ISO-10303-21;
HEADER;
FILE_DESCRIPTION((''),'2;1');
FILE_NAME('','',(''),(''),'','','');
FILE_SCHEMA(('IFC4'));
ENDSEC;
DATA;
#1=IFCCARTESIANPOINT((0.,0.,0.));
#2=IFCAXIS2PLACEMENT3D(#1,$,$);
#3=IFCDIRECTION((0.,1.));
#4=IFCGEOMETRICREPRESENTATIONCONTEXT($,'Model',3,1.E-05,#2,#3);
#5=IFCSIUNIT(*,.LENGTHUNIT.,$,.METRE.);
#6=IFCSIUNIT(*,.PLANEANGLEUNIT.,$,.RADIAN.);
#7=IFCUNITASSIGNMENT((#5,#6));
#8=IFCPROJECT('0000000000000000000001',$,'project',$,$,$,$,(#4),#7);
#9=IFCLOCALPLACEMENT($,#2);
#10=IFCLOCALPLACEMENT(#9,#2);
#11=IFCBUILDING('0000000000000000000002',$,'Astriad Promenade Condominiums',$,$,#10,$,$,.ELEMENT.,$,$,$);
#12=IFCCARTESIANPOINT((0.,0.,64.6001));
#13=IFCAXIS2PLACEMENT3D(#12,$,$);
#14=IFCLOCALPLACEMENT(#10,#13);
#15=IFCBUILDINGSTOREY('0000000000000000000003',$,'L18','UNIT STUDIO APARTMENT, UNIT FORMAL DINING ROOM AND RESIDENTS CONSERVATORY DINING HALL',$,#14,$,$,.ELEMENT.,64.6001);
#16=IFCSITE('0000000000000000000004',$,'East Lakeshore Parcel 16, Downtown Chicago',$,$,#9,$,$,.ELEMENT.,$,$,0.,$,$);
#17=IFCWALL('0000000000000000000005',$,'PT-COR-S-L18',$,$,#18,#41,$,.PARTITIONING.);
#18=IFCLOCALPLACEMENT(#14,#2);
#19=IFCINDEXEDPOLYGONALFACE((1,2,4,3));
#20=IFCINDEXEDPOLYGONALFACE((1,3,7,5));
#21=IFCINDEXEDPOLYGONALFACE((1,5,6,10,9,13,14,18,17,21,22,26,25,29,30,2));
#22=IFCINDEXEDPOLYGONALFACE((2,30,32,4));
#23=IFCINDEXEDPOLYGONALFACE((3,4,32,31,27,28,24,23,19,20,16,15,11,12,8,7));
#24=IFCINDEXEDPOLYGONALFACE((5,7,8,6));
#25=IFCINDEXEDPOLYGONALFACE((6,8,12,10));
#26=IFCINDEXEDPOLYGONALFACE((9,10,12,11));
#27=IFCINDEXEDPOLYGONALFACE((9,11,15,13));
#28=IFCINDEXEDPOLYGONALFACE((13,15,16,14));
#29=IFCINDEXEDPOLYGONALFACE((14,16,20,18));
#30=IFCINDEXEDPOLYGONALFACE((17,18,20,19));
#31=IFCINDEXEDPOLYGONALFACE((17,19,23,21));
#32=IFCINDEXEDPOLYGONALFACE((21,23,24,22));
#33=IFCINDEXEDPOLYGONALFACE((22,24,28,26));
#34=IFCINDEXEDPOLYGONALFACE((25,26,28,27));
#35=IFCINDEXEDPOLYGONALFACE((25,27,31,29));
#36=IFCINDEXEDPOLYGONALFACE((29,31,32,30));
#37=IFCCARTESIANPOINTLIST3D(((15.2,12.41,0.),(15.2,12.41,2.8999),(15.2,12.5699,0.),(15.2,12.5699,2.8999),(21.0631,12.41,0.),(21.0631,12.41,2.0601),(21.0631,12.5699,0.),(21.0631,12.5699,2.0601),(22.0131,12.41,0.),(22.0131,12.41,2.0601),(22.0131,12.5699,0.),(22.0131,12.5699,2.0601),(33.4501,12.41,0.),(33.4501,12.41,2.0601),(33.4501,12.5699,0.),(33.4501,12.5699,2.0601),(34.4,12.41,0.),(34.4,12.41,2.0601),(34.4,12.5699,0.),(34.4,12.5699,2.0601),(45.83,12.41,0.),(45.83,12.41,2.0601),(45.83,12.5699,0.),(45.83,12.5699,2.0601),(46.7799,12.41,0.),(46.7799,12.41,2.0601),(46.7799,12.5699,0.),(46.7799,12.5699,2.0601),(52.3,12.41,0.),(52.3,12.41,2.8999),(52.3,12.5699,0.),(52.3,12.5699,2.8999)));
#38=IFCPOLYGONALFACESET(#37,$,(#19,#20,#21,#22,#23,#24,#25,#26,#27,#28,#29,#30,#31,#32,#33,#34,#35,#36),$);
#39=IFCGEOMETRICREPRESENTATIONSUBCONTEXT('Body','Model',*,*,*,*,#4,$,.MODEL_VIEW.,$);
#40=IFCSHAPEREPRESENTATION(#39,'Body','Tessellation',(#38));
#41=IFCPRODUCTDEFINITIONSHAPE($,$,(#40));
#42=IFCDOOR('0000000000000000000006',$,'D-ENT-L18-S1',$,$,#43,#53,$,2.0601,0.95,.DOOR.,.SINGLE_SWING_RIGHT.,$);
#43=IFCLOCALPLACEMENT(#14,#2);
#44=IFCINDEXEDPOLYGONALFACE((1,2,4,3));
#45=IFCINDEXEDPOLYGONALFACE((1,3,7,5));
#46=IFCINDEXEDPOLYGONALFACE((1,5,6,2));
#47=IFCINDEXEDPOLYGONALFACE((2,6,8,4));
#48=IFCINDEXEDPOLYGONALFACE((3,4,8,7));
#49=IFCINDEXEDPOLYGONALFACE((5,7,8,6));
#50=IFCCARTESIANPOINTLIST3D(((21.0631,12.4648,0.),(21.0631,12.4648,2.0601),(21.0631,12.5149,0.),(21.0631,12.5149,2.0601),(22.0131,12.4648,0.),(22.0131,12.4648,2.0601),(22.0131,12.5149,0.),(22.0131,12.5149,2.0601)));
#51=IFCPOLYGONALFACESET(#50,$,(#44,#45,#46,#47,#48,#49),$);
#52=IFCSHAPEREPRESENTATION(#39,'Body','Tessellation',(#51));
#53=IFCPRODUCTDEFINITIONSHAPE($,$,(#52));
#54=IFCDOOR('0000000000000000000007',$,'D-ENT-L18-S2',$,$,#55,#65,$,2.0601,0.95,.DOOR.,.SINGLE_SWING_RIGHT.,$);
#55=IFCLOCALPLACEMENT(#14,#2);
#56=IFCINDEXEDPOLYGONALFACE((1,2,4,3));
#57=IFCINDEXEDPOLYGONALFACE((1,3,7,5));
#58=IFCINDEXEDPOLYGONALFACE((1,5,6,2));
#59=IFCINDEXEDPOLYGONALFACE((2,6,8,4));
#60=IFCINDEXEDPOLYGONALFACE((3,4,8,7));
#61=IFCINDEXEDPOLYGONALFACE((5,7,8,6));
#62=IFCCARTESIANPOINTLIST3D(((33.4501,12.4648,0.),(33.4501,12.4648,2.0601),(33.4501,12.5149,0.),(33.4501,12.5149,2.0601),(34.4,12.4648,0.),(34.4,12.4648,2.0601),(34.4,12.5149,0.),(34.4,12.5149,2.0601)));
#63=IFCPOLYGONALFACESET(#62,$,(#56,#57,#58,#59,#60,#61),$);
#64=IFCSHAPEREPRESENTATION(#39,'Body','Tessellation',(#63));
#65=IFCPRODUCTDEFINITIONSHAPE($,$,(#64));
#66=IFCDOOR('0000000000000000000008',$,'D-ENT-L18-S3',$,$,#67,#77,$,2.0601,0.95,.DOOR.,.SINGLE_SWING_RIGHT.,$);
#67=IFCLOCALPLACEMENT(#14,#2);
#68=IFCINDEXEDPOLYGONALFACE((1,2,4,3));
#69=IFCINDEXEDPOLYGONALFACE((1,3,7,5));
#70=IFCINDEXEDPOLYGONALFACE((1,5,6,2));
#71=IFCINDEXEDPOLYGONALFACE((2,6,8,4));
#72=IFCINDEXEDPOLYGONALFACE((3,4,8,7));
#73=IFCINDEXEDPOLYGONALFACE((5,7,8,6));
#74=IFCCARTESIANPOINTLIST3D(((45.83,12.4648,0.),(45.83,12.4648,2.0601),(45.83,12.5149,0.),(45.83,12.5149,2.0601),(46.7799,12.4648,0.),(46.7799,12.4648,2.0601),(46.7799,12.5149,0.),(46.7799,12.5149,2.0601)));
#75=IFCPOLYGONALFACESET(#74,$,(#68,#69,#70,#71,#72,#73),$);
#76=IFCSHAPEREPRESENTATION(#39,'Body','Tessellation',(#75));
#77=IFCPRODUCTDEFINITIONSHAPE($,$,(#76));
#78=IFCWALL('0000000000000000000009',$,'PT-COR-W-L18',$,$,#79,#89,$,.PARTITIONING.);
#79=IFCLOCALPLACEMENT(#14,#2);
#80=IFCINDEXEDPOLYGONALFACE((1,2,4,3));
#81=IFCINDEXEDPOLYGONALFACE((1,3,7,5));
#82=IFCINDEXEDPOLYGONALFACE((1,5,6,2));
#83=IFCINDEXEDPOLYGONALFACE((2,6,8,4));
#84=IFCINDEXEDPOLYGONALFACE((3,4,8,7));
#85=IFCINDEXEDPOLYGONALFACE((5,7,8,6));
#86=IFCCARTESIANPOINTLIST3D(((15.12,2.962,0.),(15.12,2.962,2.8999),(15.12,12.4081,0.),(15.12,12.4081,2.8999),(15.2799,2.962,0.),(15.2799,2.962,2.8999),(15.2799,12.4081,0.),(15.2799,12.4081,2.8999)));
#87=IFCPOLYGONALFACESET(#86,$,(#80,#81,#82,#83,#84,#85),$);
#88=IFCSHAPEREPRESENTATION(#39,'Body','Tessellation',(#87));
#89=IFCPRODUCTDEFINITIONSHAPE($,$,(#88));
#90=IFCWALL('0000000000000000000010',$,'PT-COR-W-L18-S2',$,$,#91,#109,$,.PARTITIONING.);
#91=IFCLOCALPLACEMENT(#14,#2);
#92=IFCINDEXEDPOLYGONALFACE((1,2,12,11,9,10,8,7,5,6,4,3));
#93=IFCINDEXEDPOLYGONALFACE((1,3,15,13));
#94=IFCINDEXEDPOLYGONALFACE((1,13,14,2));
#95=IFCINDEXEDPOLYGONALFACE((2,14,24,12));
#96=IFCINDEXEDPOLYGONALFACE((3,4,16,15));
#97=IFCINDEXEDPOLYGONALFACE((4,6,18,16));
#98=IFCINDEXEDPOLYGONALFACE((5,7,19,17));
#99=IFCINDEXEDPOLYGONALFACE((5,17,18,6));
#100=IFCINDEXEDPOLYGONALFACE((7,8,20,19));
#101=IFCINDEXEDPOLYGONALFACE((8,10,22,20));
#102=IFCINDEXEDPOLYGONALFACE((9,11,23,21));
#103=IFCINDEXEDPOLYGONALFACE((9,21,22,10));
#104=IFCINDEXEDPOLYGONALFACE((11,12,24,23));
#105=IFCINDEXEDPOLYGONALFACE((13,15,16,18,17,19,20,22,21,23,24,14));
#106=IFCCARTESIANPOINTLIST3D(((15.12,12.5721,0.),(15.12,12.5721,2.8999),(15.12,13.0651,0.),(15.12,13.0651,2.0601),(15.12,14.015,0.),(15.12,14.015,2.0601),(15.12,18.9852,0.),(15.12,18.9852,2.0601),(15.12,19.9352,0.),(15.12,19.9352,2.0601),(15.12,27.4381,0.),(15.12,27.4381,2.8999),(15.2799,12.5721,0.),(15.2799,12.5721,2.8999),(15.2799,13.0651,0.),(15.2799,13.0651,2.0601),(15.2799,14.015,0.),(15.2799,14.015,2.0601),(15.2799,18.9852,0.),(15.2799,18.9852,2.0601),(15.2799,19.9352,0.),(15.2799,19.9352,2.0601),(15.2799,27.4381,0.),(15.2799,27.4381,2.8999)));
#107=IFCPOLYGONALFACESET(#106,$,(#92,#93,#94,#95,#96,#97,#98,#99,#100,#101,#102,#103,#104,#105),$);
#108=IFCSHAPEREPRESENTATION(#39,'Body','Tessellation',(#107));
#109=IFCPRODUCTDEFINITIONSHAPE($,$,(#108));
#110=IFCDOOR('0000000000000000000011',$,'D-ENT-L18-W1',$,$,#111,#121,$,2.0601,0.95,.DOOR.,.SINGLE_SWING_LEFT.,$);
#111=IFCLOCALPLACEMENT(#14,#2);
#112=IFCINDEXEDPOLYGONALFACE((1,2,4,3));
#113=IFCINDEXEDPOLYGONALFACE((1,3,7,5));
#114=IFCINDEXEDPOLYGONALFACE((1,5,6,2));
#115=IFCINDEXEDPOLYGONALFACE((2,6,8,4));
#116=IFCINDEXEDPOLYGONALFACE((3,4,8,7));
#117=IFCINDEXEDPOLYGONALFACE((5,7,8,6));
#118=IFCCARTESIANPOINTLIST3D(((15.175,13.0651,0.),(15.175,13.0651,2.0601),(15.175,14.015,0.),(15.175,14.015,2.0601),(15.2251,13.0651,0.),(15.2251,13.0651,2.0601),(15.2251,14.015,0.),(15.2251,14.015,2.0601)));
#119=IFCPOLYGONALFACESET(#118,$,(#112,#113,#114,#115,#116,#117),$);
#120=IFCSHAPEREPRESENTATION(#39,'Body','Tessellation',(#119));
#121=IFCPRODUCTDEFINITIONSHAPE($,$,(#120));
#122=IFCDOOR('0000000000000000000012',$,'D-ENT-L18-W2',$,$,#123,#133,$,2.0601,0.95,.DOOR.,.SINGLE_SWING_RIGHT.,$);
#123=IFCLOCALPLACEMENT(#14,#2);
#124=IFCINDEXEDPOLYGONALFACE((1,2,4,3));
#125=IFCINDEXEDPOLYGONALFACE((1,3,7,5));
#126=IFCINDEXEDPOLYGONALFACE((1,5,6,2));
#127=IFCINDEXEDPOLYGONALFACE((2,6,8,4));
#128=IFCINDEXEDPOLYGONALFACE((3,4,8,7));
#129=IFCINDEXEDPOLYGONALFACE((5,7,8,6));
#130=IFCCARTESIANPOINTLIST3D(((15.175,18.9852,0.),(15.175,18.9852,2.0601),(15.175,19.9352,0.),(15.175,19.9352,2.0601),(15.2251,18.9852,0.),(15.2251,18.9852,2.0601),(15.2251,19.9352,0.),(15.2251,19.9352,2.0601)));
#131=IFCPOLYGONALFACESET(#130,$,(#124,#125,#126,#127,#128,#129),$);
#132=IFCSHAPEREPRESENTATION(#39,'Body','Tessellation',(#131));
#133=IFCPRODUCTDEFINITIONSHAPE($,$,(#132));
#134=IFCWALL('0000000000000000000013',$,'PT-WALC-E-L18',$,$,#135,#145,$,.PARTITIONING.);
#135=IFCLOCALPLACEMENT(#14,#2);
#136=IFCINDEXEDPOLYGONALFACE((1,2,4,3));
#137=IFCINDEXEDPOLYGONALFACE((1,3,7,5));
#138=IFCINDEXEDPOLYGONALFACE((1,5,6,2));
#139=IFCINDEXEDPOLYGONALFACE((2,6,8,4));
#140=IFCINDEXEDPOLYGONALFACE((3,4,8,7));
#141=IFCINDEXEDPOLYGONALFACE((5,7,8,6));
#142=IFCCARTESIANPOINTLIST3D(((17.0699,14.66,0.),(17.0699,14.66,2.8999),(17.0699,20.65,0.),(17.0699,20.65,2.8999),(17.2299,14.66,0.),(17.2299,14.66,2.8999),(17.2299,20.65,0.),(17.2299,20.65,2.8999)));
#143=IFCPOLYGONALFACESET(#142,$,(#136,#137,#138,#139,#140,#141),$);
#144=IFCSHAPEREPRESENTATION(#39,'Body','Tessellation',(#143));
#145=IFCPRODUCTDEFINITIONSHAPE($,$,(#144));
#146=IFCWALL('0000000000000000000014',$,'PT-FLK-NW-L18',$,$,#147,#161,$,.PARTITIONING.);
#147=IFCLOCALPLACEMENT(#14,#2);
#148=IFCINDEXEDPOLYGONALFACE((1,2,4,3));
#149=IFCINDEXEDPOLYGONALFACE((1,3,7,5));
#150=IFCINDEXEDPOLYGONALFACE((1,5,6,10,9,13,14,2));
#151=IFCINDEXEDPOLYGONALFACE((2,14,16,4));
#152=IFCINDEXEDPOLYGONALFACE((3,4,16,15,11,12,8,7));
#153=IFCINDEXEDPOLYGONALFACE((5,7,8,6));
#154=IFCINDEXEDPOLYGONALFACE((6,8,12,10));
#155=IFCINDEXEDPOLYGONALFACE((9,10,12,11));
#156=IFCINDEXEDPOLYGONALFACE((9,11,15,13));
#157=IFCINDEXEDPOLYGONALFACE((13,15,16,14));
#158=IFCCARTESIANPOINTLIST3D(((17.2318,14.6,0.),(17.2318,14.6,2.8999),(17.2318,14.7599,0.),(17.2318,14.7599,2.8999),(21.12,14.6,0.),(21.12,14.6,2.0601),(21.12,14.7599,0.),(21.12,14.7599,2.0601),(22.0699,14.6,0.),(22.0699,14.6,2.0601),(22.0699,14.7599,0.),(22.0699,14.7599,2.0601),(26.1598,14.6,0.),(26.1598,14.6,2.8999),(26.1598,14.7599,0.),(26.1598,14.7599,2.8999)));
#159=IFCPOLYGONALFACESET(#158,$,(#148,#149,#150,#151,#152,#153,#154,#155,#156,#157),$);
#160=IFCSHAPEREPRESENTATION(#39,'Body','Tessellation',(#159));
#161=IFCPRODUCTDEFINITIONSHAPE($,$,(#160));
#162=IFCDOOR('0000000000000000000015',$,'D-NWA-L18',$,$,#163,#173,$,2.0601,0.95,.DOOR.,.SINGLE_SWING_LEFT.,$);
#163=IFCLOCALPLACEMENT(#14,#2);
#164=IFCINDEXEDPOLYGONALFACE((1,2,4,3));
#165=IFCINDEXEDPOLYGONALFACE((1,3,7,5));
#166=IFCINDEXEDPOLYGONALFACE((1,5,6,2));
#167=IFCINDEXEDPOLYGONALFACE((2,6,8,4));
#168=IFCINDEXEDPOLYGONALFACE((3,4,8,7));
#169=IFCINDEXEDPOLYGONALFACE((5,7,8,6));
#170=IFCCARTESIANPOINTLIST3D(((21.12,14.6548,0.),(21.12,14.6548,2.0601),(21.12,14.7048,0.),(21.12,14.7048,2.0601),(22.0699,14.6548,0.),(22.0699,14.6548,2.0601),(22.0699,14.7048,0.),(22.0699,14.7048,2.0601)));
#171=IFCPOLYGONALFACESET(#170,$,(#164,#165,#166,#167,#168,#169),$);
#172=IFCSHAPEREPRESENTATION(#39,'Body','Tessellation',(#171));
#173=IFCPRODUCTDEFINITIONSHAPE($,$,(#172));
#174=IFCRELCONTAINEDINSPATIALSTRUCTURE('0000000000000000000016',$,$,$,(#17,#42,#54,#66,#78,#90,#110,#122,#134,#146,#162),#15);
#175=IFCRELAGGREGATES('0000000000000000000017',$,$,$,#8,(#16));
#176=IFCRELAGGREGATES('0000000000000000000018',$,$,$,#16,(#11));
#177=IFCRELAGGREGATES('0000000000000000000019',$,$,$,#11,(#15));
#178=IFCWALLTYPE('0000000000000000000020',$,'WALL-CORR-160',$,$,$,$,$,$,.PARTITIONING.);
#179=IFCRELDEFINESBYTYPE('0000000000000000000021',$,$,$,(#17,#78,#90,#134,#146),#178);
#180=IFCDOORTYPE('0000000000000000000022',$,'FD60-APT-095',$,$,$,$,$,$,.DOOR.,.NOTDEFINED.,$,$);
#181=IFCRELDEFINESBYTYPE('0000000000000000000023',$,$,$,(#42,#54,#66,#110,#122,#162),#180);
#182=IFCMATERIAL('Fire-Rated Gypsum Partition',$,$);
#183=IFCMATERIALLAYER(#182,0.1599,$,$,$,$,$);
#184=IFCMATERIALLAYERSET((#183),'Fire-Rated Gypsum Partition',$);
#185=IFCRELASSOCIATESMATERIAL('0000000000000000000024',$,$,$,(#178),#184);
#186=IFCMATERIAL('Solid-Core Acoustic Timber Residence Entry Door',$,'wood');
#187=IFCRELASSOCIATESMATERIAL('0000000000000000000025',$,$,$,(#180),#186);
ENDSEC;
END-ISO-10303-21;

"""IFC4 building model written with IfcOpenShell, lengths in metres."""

from ifc_helpers import new_model, si_unit, direction, frame, frame_2d, origin, place, context, subcontext, project, spatial, rectangle, extrude, source, transform, mapped, material, layer, layer_set, type_object, type_shapes, element, fill, save


model = new_model("IFC4")

# Units and contexts
model_context = context("Model", 3, precision=1e-05, world=origin(), true_north=direction((0.0, 1.0)))
body_context = subcontext(model_context, "Body", "Model", "MODEL_VIEW")
ifc_project = project(units=[si_unit("LENGTHUNIT", "METRE"), si_unit("PLANEANGLEUNIT", "RADIAN")], contexts=[model_context])

# Site, building, storey
site_placement = place(None, origin())
site = spatial("IfcSite", under=ifc_project, at=site_placement, Name="East Lakeshore Parcel 16, Downtown Chicago", CompositionType="ELEMENT", RefElevation=0.0)
building_placement = place(site_placement, origin())
building = spatial("IfcBuilding", under=site, at=building_placement, Name="Astriad Promenade Condominiums", CompositionType="ELEMENT")
storey_placement = place(building_placement, frame((0.0, 0.0, 64.6001)))
storey = spatial("IfcBuildingStorey", under=building, at=storey_placement, Name="L18", Description="UNIT STUDIO APARTMENT, UNIT FORMAL DINING ROOM AND RESIDENTS CONSERVATORY DINING HALL", CompositionType="ELEMENT", Elevation=64.6001)

# Wall, openings, doors
ifc_material_1 = material(Name="Fire-Rated Gypsum Partition")
ifc_layer_1 = layer(ifc_material_1, 0.1599)
ifc_layer_set_1 = layer_set([ifc_layer_1], Name="Fire-Rated Gypsum Partition")
wall_type_1 = type_object("IfcWallType", Name="WALL-CORR-160", PredefinedType="PARTITIONING", material=ifc_layer_set_1)
wall_1_placement = place(storey_placement, frame((15.2, 12.49, 0.0), z_axis=(0.0, 0.0, 1.0), x_axis=(1.0, 0.0, 0.0)))
wall_1 = element("IfcWall", 1, at=wall_1_placement, inside=storey, type_object=wall_type_1, Name="PT-COR-S-L18", PredefinedType="PARTITIONING", context=body_context, shape_type="SweptSolid", body=[
    extrude(rectangle(XDim=37.1001, YDim=0.1599, at=frame_2d((18.55, 0.0))), origin(), (0.0, 0.0, 1.0), 2.8999),
])
opening_1_placement = place(wall_1_placement, frame((5.863, 0.0, 0.0)))
opening_1 = element("IfcOpeningElement", 2, at=opening_1_placement, cuts=wall_1, PredefinedType="OPENING", context=body_context, shape_type="SweptSolid", body=[
    extrude(rectangle(XDim=0.95, YDim=2.0601, at=frame_2d((0.4751, 1.03))), frame((0.0, 0.0898, 0.0), z_axis=(0.0, -1.0, 0.0), x_axis=(1.0, 0.0, 0.0)), (0.0, 0.0, 1.0), 0.1799),
])
opening_2_placement = place(wall_1_placement, frame((18.25, 0.0, 0.0)))
opening_2 = element("IfcOpeningElement", 3, at=opening_2_placement, cuts=wall_1, PredefinedType="OPENING", context=body_context, shape_type="SweptSolid", body=[
    extrude(rectangle(XDim=0.95, YDim=2.0601, at=frame_2d((0.4751, 1.03))), frame((0.0, 0.0898, 0.0), z_axis=(0.0, -1.0, 0.0), x_axis=(1.0, 0.0, 0.0)), (0.0, 0.0, 1.0), 0.1799),
])
opening_3_placement = place(wall_1_placement, frame((30.6299, 0.0, 0.0)))
opening_3 = element("IfcOpeningElement", 4, at=opening_3_placement, cuts=wall_1, PredefinedType="OPENING", context=body_context, shape_type="SweptSolid", body=[
    extrude(rectangle(XDim=0.95, YDim=2.0601, at=frame_2d((0.4751, 1.03))), frame((0.0, 0.0898, 0.0), z_axis=(0.0, -1.0, 0.0), x_axis=(1.0, 0.0, 0.0)), (0.0, 0.0, 1.0), 0.1799),
])
ifc_material_2 = material(Name="Solid-Core Acoustic Timber Residence Entry Door", Category="wood")
door_type_1 = type_object("IfcDoorType", Name="FD60-APT-095", OperationType="NOTDEFINED", PredefinedType="DOOR", material=ifc_material_2)
shared_shape_1 = source(origin(), body_context, "Body", "SweptSolid", [
    extrude(rectangle(XDim=0.95, YDim=2.0601, at=frame_2d((0.4751, 1.03))), frame((0.0, 0.0249, 0.0), z_axis=(0.0, -1.0, 0.0), x_axis=(1.0, 0.0, 0.0)), (0.0, 0.0, 1.0), 0.05),
])
type_shapes(door_type_1, [shared_shape_1])
door_1_placement = place(opening_1_placement, origin())
door_1 = element("IfcDoor", 5, at=door_1_placement, inside=storey, type_object=door_type_1, Name="D-ENT-L18-S1", OperationType="SINGLE_SWING_RIGHT", OverallHeight=2.0601, OverallWidth=0.95, PredefinedType="DOOR", context=body_context, shape_type="MappedRepresentation", body=[
    mapped(shared_shape_1, transform((0.0, 0.0, 0.0), scale=1.0)),
])
fill(opening_1, door_1)
door_2_placement = place(opening_2_placement, origin())
door_2 = element("IfcDoor", 6, at=door_2_placement, inside=storey, type_object=door_type_1, Name="D-ENT-L18-S2", OperationType="SINGLE_SWING_RIGHT", OverallHeight=2.0601, OverallWidth=0.95, PredefinedType="DOOR", context=body_context, shape_type="MappedRepresentation", body=[
    mapped(shared_shape_1, transform((0.0, 0.0, 0.0), scale=1.0)),
])
fill(opening_2, door_2)
door_3_placement = place(opening_3_placement, origin())
door_3 = element("IfcDoor", 7, at=door_3_placement, inside=storey, type_object=door_type_1, Name="D-ENT-L18-S3", OperationType="SINGLE_SWING_RIGHT", OverallHeight=2.0601, OverallWidth=0.95, PredefinedType="DOOR", context=body_context, shape_type="MappedRepresentation", body=[
    mapped(shared_shape_1, transform((0.0, 0.0, 0.0), scale=1.0)),
])
fill(opening_3, door_3)

# Wall
wall_2_placement = place(storey_placement, frame((15.2, 2.9619, 0.0), z_axis=(0.0, 0.0, 1.0), x_axis=(0.0, 1.0, 0.0)))
element("IfcWall", 8, at=wall_2_placement, inside=storey, type_object=wall_type_1, Name="PT-COR-W-L18", PredefinedType="PARTITIONING", context=body_context, shape_type="SweptSolid", body=[
    extrude(rectangle(XDim=9.446, YDim=0.1599, at=frame_2d((4.7231, 0.0))), origin(), (0.0, 0.0, 1.0), 2.8999),
])

# Wall, openings, doors
wall_3_placement = place(storey_placement, frame((15.2, 12.572, 0.0), z_axis=(0.0, 0.0, 1.0), x_axis=(0.0, 1.0, 0.0)))
wall_3 = element("IfcWall", 9, at=wall_3_placement, inside=storey, type_object=wall_type_1, Name="PT-COR-W-L18-S2", PredefinedType="PARTITIONING", context=body_context, shape_type="SweptSolid", body=[
    extrude(rectangle(XDim=14.866, YDim=0.1599, at=frame_2d((7.4331, 0.0))), origin(), (0.0, 0.0, 1.0), 2.8999),
])
opening_4_placement = place(wall_3_placement, frame((0.4929, 0.0, 0.0)))
opening_4 = element("IfcOpeningElement", 10, at=opening_4_placement, cuts=wall_3, PredefinedType="OPENING", context=body_context, shape_type="SweptSolid", body=[
    extrude(rectangle(XDim=0.95, YDim=2.0601, at=frame_2d((0.4751, 1.03))), frame((0.0, 0.0898, 0.0), z_axis=(0.0, -1.0, 0.0), x_axis=(1.0, 0.0, 0.0)), (0.0, 0.0, 1.0), 0.1799),
])
opening_5_placement = place(wall_3_placement, frame((6.4131, 0.0, 0.0)))
opening_5 = element("IfcOpeningElement", 11, at=opening_5_placement, cuts=wall_3, PredefinedType="OPENING", context=body_context, shape_type="SweptSolid", body=[
    extrude(rectangle(XDim=0.95, YDim=2.0601, at=frame_2d((0.4751, 1.03))), frame((0.0, 0.0898, 0.0), z_axis=(0.0, -1.0, 0.0), x_axis=(1.0, 0.0, 0.0)), (0.0, 0.0, 1.0), 0.1799),
])
door_4_placement = place(opening_4_placement, origin())
door_4 = element("IfcDoor", 12, at=door_4_placement, inside=storey, type_object=door_type_1, Name="D-ENT-L18-W1", OperationType="SINGLE_SWING_LEFT", OverallHeight=2.0601, OverallWidth=0.95, PredefinedType="DOOR", context=body_context, shape_type="MappedRepresentation", body=[
    mapped(shared_shape_1, transform((0.0, 0.0, 0.0), scale=1.0)),
])
fill(opening_4, door_4)
door_5_placement = place(opening_5_placement, origin())
door_5 = element("IfcDoor", 13, at=door_5_placement, inside=storey, type_object=door_type_1, Name="D-ENT-L18-W2", OperationType="SINGLE_SWING_RIGHT", OverallHeight=2.0601, OverallWidth=0.95, PredefinedType="DOOR", context=body_context, shape_type="MappedRepresentation", body=[
    mapped(shared_shape_1, transform((0.0, 0.0, 0.0), scale=1.0)),
])
fill(opening_5, door_5)

# Wall
wall_4_placement = place(storey_placement, frame((17.1499, 14.6599, 0.0), z_axis=(0.0, 0.0, 1.0), x_axis=(0.0, 1.0, 0.0)))
element("IfcWall", 14, at=wall_4_placement, inside=storey, type_object=wall_type_1, Name="PT-WALC-E-L18", PredefinedType="PARTITIONING", context=body_context, shape_type="SweptSolid", body=[
    extrude(rectangle(XDim=5.99, YDim=0.1599, at=frame_2d((2.9951, 0.0))), origin(), (0.0, 0.0, 1.0), 2.8999),
])

# Wall, opening, door
wall_5_placement = place(storey_placement, frame((17.2319, 14.6799, 0.0), z_axis=(0.0, 0.0, 1.0), x_axis=(1.0, 0.0, 0.0)))
wall_5 = element("IfcWall", 15, at=wall_5_placement, inside=storey, type_object=wall_type_1, Name="PT-FLK-NW-L18", PredefinedType="PARTITIONING", context=body_context, shape_type="SweptSolid", body=[
    extrude(rectangle(XDim=8.928, YDim=0.1599, at=frame_2d((4.4639, 0.0))), origin(), (0.0, 0.0, 1.0), 2.8999),
])
opening_6_placement = place(wall_5_placement, frame((3.8879, 0.0, 0.0)))
opening_6 = element("IfcOpeningElement", 16, at=opening_6_placement, cuts=wall_5, PredefinedType="OPENING", context=body_context, shape_type="SweptSolid", body=[
    extrude(rectangle(XDim=0.95, YDim=2.0601, at=frame_2d((0.4751, 1.03))), frame((0.0, 0.0898, 0.0), z_axis=(0.0, -1.0, 0.0), x_axis=(1.0, 0.0, 0.0)), (0.0, 0.0, 1.0), 0.1799),
])
door_6_placement = place(opening_6_placement, origin())
door_6 = element("IfcDoor", 17, at=door_6_placement, inside=storey, type_object=door_type_1, Name="D-NWA-L18", OperationType="SINGLE_SWING_LEFT", OverallHeight=2.0601, OverallWidth=0.95, PredefinedType="DOOR", context=body_context, shape_type="MappedRepresentation", body=[
    mapped(shared_shape_1, transform((0.0, 0.0, 0.0), scale=1.0)),
])
fill(opening_6, door_6)

save(model, "model.ifc")
